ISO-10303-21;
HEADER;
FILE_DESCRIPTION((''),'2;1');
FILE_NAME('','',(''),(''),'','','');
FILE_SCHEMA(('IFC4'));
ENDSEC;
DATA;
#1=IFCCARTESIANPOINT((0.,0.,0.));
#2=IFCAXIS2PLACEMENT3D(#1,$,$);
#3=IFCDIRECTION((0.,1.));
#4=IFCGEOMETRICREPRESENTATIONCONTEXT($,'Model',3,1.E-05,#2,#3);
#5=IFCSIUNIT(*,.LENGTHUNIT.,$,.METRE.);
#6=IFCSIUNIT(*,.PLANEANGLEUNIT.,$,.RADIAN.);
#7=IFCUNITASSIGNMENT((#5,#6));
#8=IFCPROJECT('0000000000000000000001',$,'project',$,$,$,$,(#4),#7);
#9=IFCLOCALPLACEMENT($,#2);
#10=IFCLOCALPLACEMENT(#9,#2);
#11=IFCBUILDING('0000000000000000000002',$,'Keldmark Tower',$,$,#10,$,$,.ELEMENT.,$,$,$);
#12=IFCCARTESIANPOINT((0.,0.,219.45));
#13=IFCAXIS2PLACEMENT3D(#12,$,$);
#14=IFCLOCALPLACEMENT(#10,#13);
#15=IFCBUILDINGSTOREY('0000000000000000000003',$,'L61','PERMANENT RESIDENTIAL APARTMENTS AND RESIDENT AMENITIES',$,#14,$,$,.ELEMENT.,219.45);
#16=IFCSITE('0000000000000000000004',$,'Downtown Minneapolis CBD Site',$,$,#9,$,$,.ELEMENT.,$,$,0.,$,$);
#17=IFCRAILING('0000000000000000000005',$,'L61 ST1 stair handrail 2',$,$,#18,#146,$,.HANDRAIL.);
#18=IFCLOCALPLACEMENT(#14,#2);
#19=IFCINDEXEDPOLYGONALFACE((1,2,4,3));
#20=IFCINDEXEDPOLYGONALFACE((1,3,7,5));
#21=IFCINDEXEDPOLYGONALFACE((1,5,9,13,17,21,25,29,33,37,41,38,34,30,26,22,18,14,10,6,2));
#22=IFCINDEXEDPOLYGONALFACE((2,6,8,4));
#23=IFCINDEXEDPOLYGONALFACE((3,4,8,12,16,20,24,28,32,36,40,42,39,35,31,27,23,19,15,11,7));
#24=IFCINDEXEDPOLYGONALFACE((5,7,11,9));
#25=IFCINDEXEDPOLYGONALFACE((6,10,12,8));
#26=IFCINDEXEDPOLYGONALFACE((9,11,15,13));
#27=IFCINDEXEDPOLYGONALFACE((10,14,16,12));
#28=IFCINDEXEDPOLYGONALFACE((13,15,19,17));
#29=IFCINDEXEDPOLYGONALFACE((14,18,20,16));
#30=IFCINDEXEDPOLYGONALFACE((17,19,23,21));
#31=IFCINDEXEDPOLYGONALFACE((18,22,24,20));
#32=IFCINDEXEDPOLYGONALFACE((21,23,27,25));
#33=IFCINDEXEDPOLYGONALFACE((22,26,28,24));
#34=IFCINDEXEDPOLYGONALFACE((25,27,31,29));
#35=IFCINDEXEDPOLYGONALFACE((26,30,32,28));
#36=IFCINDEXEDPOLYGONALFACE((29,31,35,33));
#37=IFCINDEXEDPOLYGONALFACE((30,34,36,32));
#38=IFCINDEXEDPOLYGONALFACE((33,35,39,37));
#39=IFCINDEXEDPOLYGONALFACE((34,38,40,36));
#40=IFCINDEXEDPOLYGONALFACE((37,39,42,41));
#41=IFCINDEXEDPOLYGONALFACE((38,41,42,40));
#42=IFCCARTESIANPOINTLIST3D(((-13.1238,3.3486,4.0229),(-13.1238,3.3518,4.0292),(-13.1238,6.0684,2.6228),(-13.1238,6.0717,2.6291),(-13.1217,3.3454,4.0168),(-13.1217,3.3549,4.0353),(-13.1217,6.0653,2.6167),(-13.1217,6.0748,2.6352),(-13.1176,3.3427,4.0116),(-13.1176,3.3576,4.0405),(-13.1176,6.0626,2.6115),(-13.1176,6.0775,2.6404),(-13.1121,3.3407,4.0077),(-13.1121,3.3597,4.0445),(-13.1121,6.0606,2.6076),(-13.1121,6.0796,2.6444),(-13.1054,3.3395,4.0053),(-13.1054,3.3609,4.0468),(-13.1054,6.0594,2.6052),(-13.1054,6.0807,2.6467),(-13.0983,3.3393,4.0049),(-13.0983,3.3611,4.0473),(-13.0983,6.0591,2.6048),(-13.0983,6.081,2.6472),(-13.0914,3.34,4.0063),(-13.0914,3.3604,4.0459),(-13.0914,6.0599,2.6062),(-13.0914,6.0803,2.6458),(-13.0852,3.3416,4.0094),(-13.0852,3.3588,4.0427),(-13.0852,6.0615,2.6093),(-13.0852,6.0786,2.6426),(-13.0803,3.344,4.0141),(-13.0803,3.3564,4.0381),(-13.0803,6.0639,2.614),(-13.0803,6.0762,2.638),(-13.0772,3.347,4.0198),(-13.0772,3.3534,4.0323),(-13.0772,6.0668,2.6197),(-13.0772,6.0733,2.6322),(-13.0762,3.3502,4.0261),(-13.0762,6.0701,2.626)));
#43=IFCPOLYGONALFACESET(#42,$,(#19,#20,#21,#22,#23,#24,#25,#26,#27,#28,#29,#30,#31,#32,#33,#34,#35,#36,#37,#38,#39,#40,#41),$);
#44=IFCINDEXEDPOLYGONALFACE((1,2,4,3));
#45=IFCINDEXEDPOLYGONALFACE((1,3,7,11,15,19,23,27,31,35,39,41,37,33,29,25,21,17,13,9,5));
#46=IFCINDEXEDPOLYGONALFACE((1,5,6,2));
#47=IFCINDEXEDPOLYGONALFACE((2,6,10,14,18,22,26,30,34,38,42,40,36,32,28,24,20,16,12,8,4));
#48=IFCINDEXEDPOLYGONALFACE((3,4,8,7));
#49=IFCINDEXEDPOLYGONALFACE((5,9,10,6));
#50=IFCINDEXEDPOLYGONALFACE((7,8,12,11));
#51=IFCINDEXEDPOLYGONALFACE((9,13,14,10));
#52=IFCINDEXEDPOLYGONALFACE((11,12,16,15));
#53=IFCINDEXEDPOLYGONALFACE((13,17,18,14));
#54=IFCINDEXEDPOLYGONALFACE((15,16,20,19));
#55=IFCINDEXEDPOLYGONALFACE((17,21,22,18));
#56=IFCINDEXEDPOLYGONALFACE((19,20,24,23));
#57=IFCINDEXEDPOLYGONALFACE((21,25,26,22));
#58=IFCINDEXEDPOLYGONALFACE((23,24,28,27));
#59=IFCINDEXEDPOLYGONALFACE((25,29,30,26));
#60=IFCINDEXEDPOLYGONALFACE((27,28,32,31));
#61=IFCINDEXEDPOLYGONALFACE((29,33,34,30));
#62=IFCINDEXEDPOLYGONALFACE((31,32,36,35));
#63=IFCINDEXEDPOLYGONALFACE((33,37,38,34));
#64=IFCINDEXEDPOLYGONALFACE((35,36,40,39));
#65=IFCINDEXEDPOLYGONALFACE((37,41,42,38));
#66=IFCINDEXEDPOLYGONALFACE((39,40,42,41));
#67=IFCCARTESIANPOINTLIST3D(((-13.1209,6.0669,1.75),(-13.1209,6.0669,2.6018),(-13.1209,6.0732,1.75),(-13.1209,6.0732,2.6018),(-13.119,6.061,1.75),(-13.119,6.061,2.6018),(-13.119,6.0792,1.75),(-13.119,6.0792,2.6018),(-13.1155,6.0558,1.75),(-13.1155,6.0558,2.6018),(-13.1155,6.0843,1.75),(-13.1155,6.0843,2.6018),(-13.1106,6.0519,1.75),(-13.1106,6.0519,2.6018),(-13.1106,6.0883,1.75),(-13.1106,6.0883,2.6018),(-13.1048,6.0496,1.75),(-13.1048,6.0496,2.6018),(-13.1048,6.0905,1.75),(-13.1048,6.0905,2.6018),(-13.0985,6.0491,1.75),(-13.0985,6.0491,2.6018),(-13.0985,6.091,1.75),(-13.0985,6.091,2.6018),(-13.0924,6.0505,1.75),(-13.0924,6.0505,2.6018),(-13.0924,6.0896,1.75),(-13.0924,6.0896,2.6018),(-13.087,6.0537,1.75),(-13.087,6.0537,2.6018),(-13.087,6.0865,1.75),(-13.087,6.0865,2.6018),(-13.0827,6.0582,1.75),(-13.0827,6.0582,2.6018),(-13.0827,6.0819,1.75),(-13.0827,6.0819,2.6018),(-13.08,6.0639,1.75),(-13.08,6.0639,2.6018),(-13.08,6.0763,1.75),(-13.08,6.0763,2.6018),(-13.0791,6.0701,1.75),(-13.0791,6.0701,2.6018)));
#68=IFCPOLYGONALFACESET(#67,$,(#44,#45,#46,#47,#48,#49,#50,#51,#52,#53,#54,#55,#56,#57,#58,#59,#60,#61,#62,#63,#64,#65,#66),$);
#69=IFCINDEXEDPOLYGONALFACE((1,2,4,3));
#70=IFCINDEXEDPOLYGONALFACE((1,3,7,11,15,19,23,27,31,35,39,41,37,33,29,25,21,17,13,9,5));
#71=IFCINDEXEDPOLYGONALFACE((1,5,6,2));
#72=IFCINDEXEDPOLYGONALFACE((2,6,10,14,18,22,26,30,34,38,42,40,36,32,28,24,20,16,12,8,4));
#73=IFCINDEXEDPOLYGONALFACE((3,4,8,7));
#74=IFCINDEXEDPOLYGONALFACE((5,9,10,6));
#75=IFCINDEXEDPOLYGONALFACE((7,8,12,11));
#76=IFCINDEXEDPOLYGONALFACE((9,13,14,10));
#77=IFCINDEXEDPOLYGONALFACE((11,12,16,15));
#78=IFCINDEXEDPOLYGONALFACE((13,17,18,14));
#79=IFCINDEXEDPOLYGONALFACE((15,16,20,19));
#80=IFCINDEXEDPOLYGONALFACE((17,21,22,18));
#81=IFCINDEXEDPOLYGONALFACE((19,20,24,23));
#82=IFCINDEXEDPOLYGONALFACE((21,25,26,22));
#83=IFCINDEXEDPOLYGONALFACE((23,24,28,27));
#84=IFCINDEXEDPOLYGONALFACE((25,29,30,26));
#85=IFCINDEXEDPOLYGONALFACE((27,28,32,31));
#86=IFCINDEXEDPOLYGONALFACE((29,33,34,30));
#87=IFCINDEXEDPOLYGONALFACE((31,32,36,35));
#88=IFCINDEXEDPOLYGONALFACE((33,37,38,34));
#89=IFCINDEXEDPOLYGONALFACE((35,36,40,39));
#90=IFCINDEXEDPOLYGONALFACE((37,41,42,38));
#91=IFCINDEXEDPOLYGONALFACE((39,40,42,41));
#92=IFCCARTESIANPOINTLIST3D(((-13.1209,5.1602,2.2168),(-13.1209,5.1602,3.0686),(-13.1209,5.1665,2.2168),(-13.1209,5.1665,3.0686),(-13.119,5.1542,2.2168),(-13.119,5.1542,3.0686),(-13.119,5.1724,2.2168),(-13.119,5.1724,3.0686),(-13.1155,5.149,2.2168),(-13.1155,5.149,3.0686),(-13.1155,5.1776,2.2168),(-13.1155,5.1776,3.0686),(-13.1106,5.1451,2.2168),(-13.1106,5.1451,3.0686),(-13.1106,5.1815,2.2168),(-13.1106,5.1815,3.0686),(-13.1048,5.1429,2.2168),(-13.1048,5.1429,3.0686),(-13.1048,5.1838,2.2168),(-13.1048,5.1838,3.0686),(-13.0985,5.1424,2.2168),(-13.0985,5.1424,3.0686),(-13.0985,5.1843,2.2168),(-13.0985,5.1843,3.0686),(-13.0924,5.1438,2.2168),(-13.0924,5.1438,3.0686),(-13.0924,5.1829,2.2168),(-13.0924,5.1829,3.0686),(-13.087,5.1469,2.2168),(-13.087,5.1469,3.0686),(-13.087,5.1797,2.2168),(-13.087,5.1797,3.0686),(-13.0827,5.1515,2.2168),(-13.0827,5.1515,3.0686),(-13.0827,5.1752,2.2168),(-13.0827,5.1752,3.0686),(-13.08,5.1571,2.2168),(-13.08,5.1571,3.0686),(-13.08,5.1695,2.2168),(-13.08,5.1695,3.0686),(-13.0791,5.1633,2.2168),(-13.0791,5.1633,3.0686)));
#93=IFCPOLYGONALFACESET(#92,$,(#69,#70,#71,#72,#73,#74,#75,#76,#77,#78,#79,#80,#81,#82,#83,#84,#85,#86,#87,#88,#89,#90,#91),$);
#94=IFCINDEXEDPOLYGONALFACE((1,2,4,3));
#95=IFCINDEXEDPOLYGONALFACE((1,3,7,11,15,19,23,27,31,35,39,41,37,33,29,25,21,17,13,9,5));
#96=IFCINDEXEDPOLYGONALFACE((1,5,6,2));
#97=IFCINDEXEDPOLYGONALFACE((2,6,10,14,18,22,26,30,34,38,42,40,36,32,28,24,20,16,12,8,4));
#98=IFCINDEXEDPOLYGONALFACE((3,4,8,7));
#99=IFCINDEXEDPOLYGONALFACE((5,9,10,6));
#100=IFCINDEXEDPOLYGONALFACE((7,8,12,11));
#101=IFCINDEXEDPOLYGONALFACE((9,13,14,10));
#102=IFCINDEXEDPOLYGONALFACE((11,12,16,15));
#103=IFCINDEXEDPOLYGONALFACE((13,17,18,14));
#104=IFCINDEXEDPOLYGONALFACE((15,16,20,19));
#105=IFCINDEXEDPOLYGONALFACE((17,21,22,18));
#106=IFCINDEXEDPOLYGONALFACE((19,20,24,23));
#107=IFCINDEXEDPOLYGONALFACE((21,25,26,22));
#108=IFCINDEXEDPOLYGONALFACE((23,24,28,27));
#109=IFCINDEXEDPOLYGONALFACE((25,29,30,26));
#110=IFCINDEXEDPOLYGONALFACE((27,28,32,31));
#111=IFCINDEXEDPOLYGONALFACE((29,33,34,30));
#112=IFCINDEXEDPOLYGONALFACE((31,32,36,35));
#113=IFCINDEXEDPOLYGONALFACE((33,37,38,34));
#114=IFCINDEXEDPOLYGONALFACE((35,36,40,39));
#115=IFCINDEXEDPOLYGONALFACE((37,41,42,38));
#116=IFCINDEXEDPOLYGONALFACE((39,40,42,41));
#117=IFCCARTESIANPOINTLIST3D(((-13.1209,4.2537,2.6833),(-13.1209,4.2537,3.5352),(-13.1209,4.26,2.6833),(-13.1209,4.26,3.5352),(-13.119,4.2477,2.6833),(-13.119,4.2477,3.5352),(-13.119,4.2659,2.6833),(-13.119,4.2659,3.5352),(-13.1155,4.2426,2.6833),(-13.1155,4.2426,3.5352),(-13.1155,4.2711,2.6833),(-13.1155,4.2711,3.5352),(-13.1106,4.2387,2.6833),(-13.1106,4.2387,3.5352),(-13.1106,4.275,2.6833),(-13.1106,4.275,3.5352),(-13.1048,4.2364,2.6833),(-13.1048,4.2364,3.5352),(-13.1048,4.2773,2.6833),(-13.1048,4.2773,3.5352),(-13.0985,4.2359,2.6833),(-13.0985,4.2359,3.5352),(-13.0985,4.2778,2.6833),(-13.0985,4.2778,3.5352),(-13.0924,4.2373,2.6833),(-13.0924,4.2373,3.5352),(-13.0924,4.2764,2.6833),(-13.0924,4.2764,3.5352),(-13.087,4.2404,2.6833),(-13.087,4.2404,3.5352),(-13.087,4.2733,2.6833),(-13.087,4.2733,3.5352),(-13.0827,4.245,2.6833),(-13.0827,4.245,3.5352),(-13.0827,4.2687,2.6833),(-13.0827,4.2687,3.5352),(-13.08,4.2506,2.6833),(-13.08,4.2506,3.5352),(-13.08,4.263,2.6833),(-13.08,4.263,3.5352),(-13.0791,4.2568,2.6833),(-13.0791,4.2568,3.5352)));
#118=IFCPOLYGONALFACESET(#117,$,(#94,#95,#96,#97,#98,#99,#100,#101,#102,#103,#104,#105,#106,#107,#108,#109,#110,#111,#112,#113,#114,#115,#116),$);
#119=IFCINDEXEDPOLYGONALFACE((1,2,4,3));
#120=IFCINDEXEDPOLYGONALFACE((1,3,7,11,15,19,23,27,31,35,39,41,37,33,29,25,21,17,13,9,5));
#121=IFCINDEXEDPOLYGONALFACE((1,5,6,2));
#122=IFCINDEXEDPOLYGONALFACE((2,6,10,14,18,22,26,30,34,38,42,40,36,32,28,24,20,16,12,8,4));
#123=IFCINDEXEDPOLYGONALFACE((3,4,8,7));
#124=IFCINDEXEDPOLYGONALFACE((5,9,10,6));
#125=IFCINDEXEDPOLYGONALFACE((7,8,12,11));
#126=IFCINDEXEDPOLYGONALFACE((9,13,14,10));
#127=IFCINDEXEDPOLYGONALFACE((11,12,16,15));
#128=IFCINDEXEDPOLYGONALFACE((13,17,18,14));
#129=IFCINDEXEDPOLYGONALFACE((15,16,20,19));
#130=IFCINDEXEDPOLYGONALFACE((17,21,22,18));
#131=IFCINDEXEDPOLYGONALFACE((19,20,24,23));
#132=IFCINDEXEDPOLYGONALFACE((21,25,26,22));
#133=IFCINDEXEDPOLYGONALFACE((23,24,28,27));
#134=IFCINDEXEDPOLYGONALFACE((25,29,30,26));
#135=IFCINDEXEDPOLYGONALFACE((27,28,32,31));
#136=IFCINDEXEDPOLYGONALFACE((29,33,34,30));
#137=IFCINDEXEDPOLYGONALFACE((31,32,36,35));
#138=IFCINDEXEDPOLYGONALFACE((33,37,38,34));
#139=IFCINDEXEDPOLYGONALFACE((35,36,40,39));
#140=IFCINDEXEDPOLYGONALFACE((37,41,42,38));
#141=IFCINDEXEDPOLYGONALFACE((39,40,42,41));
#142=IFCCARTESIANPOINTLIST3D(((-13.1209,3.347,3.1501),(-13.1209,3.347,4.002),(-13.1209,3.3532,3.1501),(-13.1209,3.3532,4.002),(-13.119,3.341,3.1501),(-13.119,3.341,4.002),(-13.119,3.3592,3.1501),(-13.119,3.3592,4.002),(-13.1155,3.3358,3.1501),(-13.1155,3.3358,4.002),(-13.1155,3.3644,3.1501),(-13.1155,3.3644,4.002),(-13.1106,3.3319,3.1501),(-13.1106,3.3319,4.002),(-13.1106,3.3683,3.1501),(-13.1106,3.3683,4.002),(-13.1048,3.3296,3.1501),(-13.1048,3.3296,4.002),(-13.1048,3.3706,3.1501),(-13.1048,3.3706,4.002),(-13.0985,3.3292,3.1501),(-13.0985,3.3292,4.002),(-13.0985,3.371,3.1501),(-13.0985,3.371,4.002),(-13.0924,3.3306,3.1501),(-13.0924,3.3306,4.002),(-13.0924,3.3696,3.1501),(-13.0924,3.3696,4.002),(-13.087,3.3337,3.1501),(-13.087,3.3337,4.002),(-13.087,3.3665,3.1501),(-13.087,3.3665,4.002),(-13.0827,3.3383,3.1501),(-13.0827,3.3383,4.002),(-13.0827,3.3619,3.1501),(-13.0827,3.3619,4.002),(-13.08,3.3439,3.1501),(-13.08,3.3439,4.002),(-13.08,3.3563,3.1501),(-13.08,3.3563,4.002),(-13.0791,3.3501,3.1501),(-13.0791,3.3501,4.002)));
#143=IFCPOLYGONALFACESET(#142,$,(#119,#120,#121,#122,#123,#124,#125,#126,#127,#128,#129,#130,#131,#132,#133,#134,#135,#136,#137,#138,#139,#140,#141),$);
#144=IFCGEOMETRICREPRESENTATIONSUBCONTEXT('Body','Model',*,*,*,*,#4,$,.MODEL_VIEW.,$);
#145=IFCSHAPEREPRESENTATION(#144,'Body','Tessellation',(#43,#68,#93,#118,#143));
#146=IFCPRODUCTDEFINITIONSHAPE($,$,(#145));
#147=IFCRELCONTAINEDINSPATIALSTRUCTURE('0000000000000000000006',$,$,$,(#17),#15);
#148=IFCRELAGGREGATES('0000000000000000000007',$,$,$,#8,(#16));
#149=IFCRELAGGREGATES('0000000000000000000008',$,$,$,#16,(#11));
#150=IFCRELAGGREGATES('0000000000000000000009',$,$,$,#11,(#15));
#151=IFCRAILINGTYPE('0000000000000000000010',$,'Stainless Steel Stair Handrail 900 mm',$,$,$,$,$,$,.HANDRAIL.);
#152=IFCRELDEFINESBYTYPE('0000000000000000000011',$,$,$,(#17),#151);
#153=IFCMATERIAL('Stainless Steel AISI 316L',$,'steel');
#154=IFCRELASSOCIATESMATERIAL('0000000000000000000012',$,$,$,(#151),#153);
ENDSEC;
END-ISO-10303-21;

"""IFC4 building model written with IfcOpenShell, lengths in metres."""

from ifc_helpers import new_model, si_unit, direction, frame, origin, origin_2d, place, context, subcontext, project, spatial, circle, extrude, material, type_object, element, save


model = new_model("IFC4")

# Units and contexts
model_context = context("Model", 3, precision=1e-05, world=origin(), true_north=direction((0.0, 1.0)))
body_context = subcontext(model_context, "Body", "Model", "MODEL_VIEW")
ifc_project = project(units=[si_unit("LENGTHUNIT", "METRE"), si_unit("PLANEANGLEUNIT", "RADIAN")], contexts=[model_context])

# Site, building, storey
site_placement = place(None, origin())
site = spatial("IfcSite", under=ifc_project, at=site_placement, Name="Downtown Minneapolis CBD Site", CompositionType="ELEMENT", RefElevation=0.0)
building_placement = place(site_placement, origin())
building = spatial("IfcBuilding", under=site, at=building_placement, Name="Keldmark Tower", CompositionType="ELEMENT")
storey_placement = place(building_placement, frame((0.0, 0.0, 219.45)))
storey = spatial("IfcBuildingStorey", under=building, at=storey_placement, Name="L61", Description="PERMANENT RESIDENTIAL APARTMENTS AND RESIDENT AMENITIES", CompositionType="ELEMENT", Elevation=219.45)

# Railing
ifc_material_1 = material(Name="Stainless Steel AISI 316L", Category="steel")
railing_type_1 = type_object("IfcRailingType", Name="Stainless Steel Stair Handrail 900 mm", PredefinedType="HANDRAIL", material=ifc_material_1)
railing_1_placement = place(storey_placement, frame((-13.1001, 6.0701, 1.75)))
element("IfcRailing", 1, at=railing_1_placement, inside=storey, type_object=railing_type_1, Name="L61 ST1 stair handrail 2", PredefinedType="HANDRAIL", context=body_context, shape_type="SweptSolid", body=[
    extrude(circle(Radius=0.0239, at=origin_2d()), frame((0.0, 0.0, 0.876), z_axis=(0.0, -0.889114, 0.457685), x_axis=(1.0, 0.0, 0.0)), (0.0, 0.0, 1.0), 3.0591),
    extrude(circle(Radius=0.021, at=origin_2d()), origin(), (0.0, 0.0, 1.0), 0.8518),
    extrude(circle(Radius=0.021, at=origin_2d()), frame((0.0, -0.9067, 0.4668)), (0.0, 0.0, 1.0), 0.8518),
    extrude(circle(Radius=0.021, at=origin_2d()), frame((0.0, -1.8132, 0.9333)), (0.0, 0.0, 1.0), 0.8518),
    extrude(circle(Radius=0.021, at=origin_2d()), frame((0.0, -2.72, 1.4001)), (0.0, 0.0, 1.0), 0.8518),
])

save(model, "model.ifc")
